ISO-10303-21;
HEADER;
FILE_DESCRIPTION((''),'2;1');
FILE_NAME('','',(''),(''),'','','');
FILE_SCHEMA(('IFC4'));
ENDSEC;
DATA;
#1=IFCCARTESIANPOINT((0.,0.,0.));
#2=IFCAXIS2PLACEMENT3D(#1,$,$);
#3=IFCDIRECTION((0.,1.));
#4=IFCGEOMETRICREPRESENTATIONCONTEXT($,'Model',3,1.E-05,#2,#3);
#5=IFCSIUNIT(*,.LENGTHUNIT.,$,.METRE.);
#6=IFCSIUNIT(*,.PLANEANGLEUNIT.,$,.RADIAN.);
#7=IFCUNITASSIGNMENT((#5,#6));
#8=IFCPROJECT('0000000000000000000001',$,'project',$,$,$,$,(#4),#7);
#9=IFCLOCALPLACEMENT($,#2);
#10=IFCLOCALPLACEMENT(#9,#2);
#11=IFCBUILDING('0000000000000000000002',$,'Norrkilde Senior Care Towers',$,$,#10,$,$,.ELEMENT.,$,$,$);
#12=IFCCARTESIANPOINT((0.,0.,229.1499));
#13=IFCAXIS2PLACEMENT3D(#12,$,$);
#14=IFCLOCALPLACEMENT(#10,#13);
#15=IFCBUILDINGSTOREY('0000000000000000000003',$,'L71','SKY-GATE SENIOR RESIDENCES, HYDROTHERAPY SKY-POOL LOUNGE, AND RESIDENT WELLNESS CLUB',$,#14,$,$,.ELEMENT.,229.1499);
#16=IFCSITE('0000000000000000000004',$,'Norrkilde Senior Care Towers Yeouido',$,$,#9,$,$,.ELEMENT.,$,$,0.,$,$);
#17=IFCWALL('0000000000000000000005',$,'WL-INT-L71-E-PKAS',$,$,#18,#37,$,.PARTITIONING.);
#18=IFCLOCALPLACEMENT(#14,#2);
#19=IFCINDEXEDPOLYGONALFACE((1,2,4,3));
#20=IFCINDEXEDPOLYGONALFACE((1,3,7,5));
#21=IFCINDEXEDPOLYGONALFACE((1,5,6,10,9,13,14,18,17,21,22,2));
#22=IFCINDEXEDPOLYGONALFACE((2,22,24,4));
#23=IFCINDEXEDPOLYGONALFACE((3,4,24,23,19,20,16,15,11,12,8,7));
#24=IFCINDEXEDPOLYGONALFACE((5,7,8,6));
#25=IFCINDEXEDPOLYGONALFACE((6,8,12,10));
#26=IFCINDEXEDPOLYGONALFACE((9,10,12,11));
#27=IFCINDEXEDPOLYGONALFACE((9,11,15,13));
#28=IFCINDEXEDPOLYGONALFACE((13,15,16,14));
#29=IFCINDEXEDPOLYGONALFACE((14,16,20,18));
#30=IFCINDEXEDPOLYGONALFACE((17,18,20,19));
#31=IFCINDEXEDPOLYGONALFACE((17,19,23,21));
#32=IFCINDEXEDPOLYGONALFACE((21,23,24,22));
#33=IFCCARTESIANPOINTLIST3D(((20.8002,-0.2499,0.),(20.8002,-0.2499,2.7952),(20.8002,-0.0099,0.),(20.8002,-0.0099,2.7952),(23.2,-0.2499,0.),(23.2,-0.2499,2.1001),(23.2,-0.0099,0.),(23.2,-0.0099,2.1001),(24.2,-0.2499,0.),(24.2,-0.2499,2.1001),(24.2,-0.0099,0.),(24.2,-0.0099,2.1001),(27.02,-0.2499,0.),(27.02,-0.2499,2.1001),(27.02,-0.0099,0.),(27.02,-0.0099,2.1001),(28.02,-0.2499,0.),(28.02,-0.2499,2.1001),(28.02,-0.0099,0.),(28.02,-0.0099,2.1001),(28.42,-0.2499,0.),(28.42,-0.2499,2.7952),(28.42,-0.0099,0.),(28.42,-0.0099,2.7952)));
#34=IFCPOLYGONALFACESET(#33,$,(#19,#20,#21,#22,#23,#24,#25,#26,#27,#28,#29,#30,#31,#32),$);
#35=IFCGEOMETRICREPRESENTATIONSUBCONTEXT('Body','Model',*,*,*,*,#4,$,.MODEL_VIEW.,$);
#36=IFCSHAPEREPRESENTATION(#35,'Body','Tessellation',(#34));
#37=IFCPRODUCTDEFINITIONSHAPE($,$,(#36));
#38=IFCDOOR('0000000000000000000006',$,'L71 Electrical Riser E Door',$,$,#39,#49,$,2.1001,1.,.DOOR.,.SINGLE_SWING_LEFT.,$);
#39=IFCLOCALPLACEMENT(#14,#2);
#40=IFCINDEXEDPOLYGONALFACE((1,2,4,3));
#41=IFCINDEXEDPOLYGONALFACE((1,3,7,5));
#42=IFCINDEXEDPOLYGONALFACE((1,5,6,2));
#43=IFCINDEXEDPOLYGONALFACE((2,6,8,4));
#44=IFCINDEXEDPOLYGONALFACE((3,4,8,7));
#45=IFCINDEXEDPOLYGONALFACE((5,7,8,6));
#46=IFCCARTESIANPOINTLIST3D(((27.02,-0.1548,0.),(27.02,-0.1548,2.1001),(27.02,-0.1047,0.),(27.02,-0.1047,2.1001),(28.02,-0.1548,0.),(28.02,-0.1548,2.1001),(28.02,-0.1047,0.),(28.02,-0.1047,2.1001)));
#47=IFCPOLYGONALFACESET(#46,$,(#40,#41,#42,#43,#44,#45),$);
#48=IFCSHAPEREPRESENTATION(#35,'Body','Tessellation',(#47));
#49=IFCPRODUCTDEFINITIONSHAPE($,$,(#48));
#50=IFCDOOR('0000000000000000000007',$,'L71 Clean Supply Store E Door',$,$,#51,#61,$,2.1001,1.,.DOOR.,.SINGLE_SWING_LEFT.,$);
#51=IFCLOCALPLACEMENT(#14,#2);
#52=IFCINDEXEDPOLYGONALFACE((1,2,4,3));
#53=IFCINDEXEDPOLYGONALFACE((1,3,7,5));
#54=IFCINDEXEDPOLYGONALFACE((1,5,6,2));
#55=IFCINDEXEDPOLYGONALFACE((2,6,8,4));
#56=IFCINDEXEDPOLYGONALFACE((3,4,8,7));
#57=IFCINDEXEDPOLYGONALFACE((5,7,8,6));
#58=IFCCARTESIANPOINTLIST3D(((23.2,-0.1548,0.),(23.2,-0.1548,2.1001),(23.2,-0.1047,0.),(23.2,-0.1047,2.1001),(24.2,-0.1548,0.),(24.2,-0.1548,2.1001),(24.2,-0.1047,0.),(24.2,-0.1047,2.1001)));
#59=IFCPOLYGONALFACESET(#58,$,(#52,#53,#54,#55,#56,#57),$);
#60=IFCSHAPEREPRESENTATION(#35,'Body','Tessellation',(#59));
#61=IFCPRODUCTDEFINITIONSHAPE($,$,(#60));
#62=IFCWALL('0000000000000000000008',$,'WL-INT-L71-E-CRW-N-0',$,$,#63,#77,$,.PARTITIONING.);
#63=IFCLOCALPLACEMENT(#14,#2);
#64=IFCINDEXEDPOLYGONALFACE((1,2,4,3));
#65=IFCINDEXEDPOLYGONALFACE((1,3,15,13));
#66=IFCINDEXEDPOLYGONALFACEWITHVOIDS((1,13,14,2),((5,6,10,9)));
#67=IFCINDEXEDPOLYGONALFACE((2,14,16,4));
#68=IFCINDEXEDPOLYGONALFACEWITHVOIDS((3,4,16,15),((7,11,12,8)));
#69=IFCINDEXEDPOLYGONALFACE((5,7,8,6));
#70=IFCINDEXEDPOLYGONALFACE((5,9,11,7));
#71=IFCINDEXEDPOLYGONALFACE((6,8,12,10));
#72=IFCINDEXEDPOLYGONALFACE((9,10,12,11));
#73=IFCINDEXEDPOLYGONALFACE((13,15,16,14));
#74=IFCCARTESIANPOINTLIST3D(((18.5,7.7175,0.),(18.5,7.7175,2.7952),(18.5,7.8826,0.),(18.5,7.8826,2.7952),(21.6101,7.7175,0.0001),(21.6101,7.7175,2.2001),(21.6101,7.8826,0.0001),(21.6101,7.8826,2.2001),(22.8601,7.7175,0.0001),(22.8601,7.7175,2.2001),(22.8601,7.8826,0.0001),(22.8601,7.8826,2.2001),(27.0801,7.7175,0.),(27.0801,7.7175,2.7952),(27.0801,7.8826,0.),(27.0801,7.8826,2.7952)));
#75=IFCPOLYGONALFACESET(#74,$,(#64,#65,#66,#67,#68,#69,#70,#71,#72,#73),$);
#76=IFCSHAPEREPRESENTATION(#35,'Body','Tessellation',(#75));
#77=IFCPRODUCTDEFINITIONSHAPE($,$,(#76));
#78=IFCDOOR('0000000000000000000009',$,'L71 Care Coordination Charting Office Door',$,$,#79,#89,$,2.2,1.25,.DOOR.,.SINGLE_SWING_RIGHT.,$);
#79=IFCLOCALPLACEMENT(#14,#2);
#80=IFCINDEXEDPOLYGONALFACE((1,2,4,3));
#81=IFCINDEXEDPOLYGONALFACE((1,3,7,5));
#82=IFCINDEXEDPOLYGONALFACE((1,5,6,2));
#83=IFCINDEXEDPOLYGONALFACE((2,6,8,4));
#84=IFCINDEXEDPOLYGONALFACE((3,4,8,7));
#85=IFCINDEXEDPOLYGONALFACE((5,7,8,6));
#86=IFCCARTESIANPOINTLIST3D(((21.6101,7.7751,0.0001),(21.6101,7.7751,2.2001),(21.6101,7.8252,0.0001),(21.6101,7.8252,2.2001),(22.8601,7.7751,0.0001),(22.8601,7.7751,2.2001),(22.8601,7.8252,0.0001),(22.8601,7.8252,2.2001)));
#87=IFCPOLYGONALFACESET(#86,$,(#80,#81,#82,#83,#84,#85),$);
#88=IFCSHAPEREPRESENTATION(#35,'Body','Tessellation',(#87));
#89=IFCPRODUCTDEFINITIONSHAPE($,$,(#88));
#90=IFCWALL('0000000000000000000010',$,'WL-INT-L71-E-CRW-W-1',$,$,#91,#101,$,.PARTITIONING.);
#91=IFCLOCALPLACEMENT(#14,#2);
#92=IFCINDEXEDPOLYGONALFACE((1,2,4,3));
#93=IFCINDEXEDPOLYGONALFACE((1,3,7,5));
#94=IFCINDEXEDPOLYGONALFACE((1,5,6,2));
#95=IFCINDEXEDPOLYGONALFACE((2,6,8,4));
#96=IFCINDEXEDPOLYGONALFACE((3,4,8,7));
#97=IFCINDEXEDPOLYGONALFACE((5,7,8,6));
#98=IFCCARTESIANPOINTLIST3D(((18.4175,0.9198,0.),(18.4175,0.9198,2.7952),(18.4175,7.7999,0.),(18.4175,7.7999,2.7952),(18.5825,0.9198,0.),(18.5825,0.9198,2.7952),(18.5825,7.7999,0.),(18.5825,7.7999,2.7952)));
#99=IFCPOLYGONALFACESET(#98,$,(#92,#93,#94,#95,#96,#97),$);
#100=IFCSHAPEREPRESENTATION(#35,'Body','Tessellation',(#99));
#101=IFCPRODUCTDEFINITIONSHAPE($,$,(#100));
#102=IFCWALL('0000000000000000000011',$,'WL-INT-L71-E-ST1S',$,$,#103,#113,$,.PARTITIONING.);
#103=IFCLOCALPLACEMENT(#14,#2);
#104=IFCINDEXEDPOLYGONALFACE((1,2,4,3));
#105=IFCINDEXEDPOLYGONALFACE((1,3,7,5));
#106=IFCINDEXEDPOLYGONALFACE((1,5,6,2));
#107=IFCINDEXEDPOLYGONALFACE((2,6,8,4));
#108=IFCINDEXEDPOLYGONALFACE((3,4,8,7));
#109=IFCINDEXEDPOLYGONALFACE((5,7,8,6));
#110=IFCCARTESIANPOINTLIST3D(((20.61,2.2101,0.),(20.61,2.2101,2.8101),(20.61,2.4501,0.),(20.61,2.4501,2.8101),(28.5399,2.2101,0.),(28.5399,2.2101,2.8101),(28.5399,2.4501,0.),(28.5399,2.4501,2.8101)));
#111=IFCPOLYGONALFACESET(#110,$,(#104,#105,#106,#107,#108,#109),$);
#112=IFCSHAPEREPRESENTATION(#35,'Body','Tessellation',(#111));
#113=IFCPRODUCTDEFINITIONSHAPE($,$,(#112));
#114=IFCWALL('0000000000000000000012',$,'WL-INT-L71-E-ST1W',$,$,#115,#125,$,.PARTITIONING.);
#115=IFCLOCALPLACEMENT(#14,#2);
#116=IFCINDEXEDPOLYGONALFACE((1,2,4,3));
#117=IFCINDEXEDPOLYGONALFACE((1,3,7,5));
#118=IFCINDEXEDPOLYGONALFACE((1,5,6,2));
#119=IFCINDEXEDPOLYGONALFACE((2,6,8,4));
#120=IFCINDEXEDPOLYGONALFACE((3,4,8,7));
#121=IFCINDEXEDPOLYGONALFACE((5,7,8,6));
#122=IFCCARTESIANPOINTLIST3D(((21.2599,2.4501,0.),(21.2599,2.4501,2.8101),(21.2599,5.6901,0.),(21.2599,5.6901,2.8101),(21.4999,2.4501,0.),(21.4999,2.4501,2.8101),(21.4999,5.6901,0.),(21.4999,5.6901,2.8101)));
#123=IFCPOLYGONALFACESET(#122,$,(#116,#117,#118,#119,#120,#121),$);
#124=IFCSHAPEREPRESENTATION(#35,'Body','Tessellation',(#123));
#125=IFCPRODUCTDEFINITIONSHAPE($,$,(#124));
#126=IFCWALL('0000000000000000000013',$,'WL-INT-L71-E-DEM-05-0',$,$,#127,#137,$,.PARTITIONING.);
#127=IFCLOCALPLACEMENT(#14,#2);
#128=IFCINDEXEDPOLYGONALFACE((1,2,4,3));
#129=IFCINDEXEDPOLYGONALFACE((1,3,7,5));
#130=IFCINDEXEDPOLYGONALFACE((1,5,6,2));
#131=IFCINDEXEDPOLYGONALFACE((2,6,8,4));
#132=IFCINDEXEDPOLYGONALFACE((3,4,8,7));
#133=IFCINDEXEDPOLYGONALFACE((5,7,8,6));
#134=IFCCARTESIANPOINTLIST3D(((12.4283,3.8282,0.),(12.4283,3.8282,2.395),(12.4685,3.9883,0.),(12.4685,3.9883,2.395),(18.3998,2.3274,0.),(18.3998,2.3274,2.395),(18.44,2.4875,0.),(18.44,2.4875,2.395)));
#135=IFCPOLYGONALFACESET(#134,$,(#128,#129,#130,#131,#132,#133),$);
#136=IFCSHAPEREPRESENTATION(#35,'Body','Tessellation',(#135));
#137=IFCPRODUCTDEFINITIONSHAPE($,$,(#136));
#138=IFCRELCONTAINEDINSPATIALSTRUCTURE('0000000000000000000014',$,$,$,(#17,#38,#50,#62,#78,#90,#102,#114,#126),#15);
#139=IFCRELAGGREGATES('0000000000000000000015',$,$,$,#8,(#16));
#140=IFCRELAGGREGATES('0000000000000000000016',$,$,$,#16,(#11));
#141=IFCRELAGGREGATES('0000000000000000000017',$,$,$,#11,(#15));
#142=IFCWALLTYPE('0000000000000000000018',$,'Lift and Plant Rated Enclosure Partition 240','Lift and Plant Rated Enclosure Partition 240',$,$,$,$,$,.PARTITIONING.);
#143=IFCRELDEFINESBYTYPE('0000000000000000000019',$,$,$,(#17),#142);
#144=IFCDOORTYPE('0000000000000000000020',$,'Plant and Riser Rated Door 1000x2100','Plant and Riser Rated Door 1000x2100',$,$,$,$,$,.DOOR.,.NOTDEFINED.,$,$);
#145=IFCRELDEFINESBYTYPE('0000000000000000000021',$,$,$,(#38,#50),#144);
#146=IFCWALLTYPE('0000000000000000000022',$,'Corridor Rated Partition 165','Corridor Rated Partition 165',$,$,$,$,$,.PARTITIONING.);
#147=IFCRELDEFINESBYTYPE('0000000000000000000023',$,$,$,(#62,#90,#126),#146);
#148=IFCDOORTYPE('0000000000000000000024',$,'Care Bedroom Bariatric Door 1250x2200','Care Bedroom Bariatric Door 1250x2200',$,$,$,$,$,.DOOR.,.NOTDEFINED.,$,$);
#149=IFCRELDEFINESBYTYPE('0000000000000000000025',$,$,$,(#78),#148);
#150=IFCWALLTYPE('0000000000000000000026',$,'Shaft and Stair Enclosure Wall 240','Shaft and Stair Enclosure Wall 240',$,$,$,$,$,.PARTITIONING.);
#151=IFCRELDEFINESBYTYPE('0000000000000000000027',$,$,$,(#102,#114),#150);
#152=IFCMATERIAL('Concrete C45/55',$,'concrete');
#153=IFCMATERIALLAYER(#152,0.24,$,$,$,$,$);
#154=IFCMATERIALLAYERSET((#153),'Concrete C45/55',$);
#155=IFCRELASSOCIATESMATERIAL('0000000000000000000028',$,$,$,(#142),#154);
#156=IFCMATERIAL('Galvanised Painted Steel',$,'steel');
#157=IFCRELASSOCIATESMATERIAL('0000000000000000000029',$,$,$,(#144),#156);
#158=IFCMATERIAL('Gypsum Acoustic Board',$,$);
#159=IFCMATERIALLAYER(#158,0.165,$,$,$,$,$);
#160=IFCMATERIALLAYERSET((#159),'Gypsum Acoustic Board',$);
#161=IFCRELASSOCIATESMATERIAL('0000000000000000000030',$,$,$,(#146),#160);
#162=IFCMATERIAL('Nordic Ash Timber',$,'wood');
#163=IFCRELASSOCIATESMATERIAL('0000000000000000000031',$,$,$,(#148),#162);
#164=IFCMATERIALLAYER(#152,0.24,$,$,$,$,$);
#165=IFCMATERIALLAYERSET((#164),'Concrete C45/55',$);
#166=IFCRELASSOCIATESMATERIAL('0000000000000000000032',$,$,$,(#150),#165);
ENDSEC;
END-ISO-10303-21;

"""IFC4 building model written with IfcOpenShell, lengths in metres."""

from ifc_helpers import new_model, si_unit, direction, frame, frame_2d, origin, place, context, subcontext, project, spatial, rectangle, extrude, source, transform, mapped, material, layer, layer_set, type_object, type_shapes, element, fill, save


model = new_model("IFC4")

# Units and contexts
model_context = context("Model", 3, precision=1e-05, world=origin(), true_north=direction((0.0, 1.0)))
body_context = subcontext(model_context, "Body", "Model", "MODEL_VIEW")
ifc_project = project(units=[si_unit("LENGTHUNIT", "METRE"), si_unit("PLANEANGLEUNIT", "RADIAN")], contexts=[model_context])

# Site, building, storey
site_placement = place(None, origin())
site = spatial("IfcSite", under=ifc_project, at=site_placement, Name="Norrkilde Senior Care Towers Yeouido", CompositionType="ELEMENT", RefElevation=0.0)
building_placement = place(site_placement, origin())
building = spatial("IfcBuilding", under=site, at=building_placement, Name="Norrkilde Senior Care Towers", CompositionType="ELEMENT")
storey_placement = place(building_placement, frame((0.0, 0.0, 229.1499)))
storey = spatial("IfcBuildingStorey", under=building, at=storey_placement, Name="L71", Description="SKY-GATE SENIOR RESIDENCES, HYDROTHERAPY SKY-POOL LOUNGE, AND RESIDENT WELLNESS CLUB", CompositionType="ELEMENT", Elevation=229.1499)

# Wall, openings, doors
ifc_material_1 = material(Name="Concrete C45/55", Category="concrete")
ifc_layer_1 = layer(ifc_material_1, 0.24)
ifc_layer_set_1 = layer_set([ifc_layer_1], Name="Concrete C45/55")
wall_type_1 = type_object("IfcWallType", Name="Lift and Plant Rated Enclosure Partition 240", Description="Lift and Plant Rated Enclosure Partition 240", PredefinedType="PARTITIONING", material=ifc_layer_set_1)
shared_shape_1 = source(origin(), body_context, "Body", "SweptSolid", [
    extrude(rectangle(XDim=7.6199, YDim=0.24, at=frame_2d((3.8101, 0.0))), origin(), (0.0, 0.0, 1.0), 2.7952),
])
type_shapes(wall_type_1, [shared_shape_1])
wall_1_placement = place(storey_placement, frame((20.8, -0.1299, 0.0), z_axis=(0.0, 0.0, 1.0), x_axis=(1.0, 0.0, 0.0)))
wall_1 = element("IfcWall", 1, at=wall_1_placement, inside=storey, type_object=wall_type_1, Name="WL-INT-L71-E-PKAS", PredefinedType="PARTITIONING", context=body_context, shape_type="MappedRepresentation", body=[
    mapped(shared_shape_1, transform((0.0, 0.0, 0.0), x_axis=(1.0, 0.0, 0.0), y_axis=(0.0, 1.0, 0.0), z_axis=(0.0, 0.0, 1.0), scale=1.0)),
])
opening_1_placement = place(wall_1_placement, frame((6.22, 0.0, 0.0)))
opening_1 = element("IfcOpeningElement", 2, at=opening_1_placement, cuts=wall_1, PredefinedType="OPENING", context=body_context, shape_type="SweptSolid", body=[
    extrude(rectangle(XDim=1.0, YDim=2.1001, at=frame_2d((0.5, 1.05))), frame((0.0, 0.1299, 0.0), z_axis=(0.0, -1.0, 0.0), x_axis=(1.0, 0.0, 0.0)), (0.0, 0.0, 1.0), 0.26),
])
opening_2_placement = place(wall_1_placement, frame((2.3999, 0.0, 0.0)))
opening_2 = element("IfcOpeningElement", 3, at=opening_2_placement, cuts=wall_1, PredefinedType="OPENING", context=body_context, shape_type="SweptSolid", body=[
    extrude(rectangle(XDim=1.0, YDim=2.1001, at=frame_2d((0.5, 1.05))), frame((0.0, 0.1299, 0.0), z_axis=(0.0, -1.0, 0.0), x_axis=(1.0, 0.0, 0.0)), (0.0, 0.0, 1.0), 0.26),
])
ifc_material_2 = material(Name="Galvanised Painted Steel", Category="steel")
door_type_1 = type_object("IfcDoorType", Name="Plant and Riser Rated Door 1000x2100", Description="Plant and Riser Rated Door 1000x2100", OperationType="NOTDEFINED", PredefinedType="DOOR", material=ifc_material_2)
shared_shape_2 = source(origin(), body_context, "Body", "SweptSolid", [
    extrude(rectangle(XDim=1.0, YDim=2.1001, at=frame_2d((0.5, 1.05))), frame((0.0, 0.0249, 0.0), z_axis=(0.0, -1.0, 0.0), x_axis=(1.0, 0.0, 0.0)), (0.0, 0.0, 1.0), 0.05),
])
type_shapes(door_type_1, [shared_shape_2])
door_1_placement = place(opening_1_placement, frame((1.0, 0.0, 0.0), z_axis=(0.0, 0.0, 1.0), x_axis=(-1.0, 0.0, 0.0)))
door_1 = element("IfcDoor", 4, at=door_1_placement, inside=storey, type_object=door_type_1, Name="L71 Electrical Riser E Door", OperationType="SINGLE_SWING_LEFT", OverallHeight=2.1001, OverallWidth=1.0, PredefinedType="DOOR", context=body_context, shape_type="MappedRepresentation", body=[
    mapped(shared_shape_2, transform((0.0, 0.0, 0.0), x_axis=(1.0, 0.0, 0.0), y_axis=(0.0, 1.0, 0.0), z_axis=(0.0, 0.0, 1.0), scale=1.0)),
])
fill(opening_1, door_1)
door_2_placement = place(opening_2_placement, frame((1.0, 0.0, 0.0), z_axis=(0.0, 0.0, 1.0), x_axis=(-1.0, 0.0, 0.0)))
door_2 = element("IfcDoor", 5, at=door_2_placement, inside=storey, type_object=door_type_1, Name="L71 Clean Supply Store E Door", OperationType="SINGLE_SWING_LEFT", OverallHeight=2.1001, OverallWidth=1.0, PredefinedType="DOOR", context=body_context, shape_type="MappedRepresentation", body=[
    mapped(shared_shape_2, transform((0.0, 0.0, 0.0), x_axis=(1.0, 0.0, 0.0), y_axis=(0.0, 1.0, 0.0), z_axis=(0.0, 0.0, 1.0), scale=1.0)),
])
fill(opening_2, door_2)

# Wall, opening, door
ifc_material_3 = material(Name="Gypsum Acoustic Board")
ifc_layer_2 = layer(ifc_material_3, 0.165)
ifc_layer_set_2 = layer_set([ifc_layer_2], Name="Gypsum Acoustic Board")
wall_type_2 = type_object("IfcWallType", Name="Corridor Rated Partition 165", Description="Corridor Rated Partition 165", PredefinedType="PARTITIONING", material=ifc_layer_set_2)
shared_shape_3 = source(origin(), body_context, "Body", "SweptSolid", [
    extrude(rectangle(XDim=8.5801, YDim=0.165, at=frame_2d((4.29, 0.0))), origin(), (0.0, 0.0, 1.0), 2.7952),
])
wall_2_placement = place(storey_placement, frame((18.5, 7.8, 0.0), z_axis=(0.0, 0.0, 1.0), x_axis=(1.0, 0.0, 0.0)))
wall_2 = element("IfcWall", 6, at=wall_2_placement, inside=storey, type_object=wall_type_2, Name="WL-INT-L71-E-CRW-N-0", PredefinedType="PARTITIONING", context=body_context, shape_type="MappedRepresentation", body=[
    mapped(shared_shape_3, transform((0.0, 0.0, 0.0), x_axis=(1.0, 0.0, 0.0), y_axis=(0.0, 1.0, 0.0), z_axis=(0.0, 0.0, 1.0), scale=1.0)),
])
opening_3_placement = place(wall_2_placement, frame((3.1101, 0.0, 0.0)))
opening_3 = element("IfcOpeningElement", 7, at=opening_3_placement, cuts=wall_2, PredefinedType="OPENING", context=body_context, shape_type="SweptSolid", body=[
    extrude(rectangle(XDim=1.25, YDim=2.2, at=frame_2d((0.625, 1.1001))), frame((0.0, 0.0925, 0.0), z_axis=(0.0, -1.0, 0.0), x_axis=(1.0, 0.0, 0.0)), (0.0, 0.0, 1.0), 0.1851),
])
ifc_material_4 = material(Name="Nordic Ash Timber", Category="wood")
door_type_2 = type_object("IfcDoorType", Name="Care Bedroom Bariatric Door 1250x2200", Description="Care Bedroom Bariatric Door 1250x2200", OperationType="NOTDEFINED", PredefinedType="DOOR", material=ifc_material_4)
shared_shape_4 = source(origin(), body_context, "Body", "SweptSolid", [
    extrude(rectangle(XDim=1.25, YDim=2.2, at=frame_2d((0.625, 1.1001))), frame((0.0, 0.0249, 0.0), z_axis=(0.0, -1.0, 0.0), x_axis=(1.0, 0.0, 0.0)), (0.0, 0.0, 1.0), 0.05),
])
type_shapes(door_type_2, [shared_shape_4])
door_3_placement = place(opening_3_placement, frame((1.25, 0.0, 0.0), z_axis=(0.0, 0.0, 1.0), x_axis=(-1.0, 0.0, 0.0)))
door_3 = element("IfcDoor", 8, at=door_3_placement, inside=storey, type_object=door_type_2, Name="L71 Care Coordination Charting Office Door", OperationType="SINGLE_SWING_RIGHT", OverallHeight=2.2, OverallWidth=1.25, PredefinedType="DOOR", context=body_context, shape_type="MappedRepresentation", body=[
    mapped(shared_shape_4, transform((0.0, 0.0, 0.0), x_axis=(1.0, 0.0, 0.0), y_axis=(0.0, 1.0, 0.0), z_axis=(0.0, 0.0, 1.0), scale=1.0)),
])
fill(opening_3, door_3)

# Walls
shared_shape_5 = source(origin(), body_context, "Body", "SweptSolid", [
    extrude(rectangle(XDim=6.8801, YDim=0.165, at=frame_2d((3.4399, 0.0))), origin(), (0.0, 0.0, 1.0), 2.7952),
])
wall_3_placement = place(storey_placement, frame((18.5, 0.9199, 0.0), z_axis=(0.0, 0.0, 1.0), x_axis=(0.0, 1.0, 0.0)))
element("IfcWall", 9, at=wall_3_placement, inside=storey, type_object=wall_type_2, Name="WL-INT-L71-E-CRW-W-1", PredefinedType="PARTITIONING", context=body_context, shape_type="MappedRepresentation", body=[
    mapped(shared_shape_5, transform((0.0, 0.0, 0.0), x_axis=(1.0, 0.0, 0.0), y_axis=(0.0, 1.0, 0.0), z_axis=(0.0, 0.0, 1.0), scale=1.0)),
])
ifc_layer_3 = layer(ifc_material_1, 0.24)
ifc_layer_set_3 = layer_set([ifc_layer_3], Name="Concrete C45/55")
wall_type_3 = type_object("IfcWallType", Name="Shaft and Stair Enclosure Wall 240", Description="Shaft and Stair Enclosure Wall 240", PredefinedType="PARTITIONING", material=ifc_layer_set_3)
shared_shape_6 = source(origin(), body_context, "Body", "SweptSolid", [
    extrude(rectangle(XDim=7.9299, YDim=0.24, at=frame_2d((3.9648, 0.0))), origin(), (0.0, 0.0, 1.0), 2.8101),
])
wall_4_placement = place(storey_placement, frame((20.6101, 2.3301, 0.0), z_axis=(0.0, 0.0, 1.0), x_axis=(1.0, 0.0, 0.0)))
element("IfcWall", 10, at=wall_4_placement, inside=storey, type_object=wall_type_3, Name="WL-INT-L71-E-ST1S", PredefinedType="PARTITIONING", context=body_context, shape_type="MappedRepresentation", body=[
    mapped(shared_shape_6, transform((0.0, 0.0, 0.0), x_axis=(1.0, 0.0, 0.0), y_axis=(0.0, 1.0, 0.0), z_axis=(0.0, 0.0, 1.0), scale=1.0)),
])
shared_shape_7 = source(origin(), body_context, "Body", "SweptSolid", [
    extrude(rectangle(XDim=3.24, YDim=0.24, at=frame_2d((1.6201, 0.0))), origin(), (0.0, 0.0, 1.0), 2.8101),
])
type_shapes(wall_type_3, [shared_shape_6, shared_shape_7])
wall_5_placement = place(storey_placement, frame((21.3799, 2.45, 0.0), z_axis=(0.0, 0.0, 1.0), x_axis=(0.0, 1.0, 0.0)))
element("IfcWall", 11, at=wall_5_placement, inside=storey, type_object=wall_type_3, Name="WL-INT-L71-E-ST1W", PredefinedType="PARTITIONING", context=body_context, shape_type="MappedRepresentation", body=[
    mapped(shared_shape_7, transform((0.0, 0.0, 0.0), x_axis=(1.0, 0.0, 0.0), y_axis=(0.0, 1.0, 0.0), z_axis=(0.0, 0.0, 1.0), scale=1.0)),
])
shared_shape_8 = source(origin(), body_context, "Body", "SweptSolid", [
    extrude(rectangle(XDim=6.1572, YDim=0.165, at=frame_2d((3.0786, 0.0))), origin(), (0.0, 0.0, 1.0), 2.395),
])
type_shapes(wall_type_2, [shared_shape_3, shared_shape_5, shared_shape_8])
wall_6_placement = place(storey_placement, frame((18.4199, 2.4075, 0.0), z_axis=(0.0, 0.0, 1.0), x_axis=(-0.969841, 0.243739, 0.0)))
element("IfcWall", 12, at=wall_6_placement, inside=storey, type_object=wall_type_2, Name="WL-INT-L71-E-DEM-05-0", PredefinedType="PARTITIONING", context=body_context, shape_type="MappedRepresentation", body=[
    mapped(shared_shape_8, transform((0.0, 0.0, 0.0), x_axis=(1.0, 0.0, 0.0), y_axis=(0.0, 1.0, 0.0), z_axis=(0.0, 0.0, 1.0), scale=1.0)),
])

save(model, "model.ifc")
